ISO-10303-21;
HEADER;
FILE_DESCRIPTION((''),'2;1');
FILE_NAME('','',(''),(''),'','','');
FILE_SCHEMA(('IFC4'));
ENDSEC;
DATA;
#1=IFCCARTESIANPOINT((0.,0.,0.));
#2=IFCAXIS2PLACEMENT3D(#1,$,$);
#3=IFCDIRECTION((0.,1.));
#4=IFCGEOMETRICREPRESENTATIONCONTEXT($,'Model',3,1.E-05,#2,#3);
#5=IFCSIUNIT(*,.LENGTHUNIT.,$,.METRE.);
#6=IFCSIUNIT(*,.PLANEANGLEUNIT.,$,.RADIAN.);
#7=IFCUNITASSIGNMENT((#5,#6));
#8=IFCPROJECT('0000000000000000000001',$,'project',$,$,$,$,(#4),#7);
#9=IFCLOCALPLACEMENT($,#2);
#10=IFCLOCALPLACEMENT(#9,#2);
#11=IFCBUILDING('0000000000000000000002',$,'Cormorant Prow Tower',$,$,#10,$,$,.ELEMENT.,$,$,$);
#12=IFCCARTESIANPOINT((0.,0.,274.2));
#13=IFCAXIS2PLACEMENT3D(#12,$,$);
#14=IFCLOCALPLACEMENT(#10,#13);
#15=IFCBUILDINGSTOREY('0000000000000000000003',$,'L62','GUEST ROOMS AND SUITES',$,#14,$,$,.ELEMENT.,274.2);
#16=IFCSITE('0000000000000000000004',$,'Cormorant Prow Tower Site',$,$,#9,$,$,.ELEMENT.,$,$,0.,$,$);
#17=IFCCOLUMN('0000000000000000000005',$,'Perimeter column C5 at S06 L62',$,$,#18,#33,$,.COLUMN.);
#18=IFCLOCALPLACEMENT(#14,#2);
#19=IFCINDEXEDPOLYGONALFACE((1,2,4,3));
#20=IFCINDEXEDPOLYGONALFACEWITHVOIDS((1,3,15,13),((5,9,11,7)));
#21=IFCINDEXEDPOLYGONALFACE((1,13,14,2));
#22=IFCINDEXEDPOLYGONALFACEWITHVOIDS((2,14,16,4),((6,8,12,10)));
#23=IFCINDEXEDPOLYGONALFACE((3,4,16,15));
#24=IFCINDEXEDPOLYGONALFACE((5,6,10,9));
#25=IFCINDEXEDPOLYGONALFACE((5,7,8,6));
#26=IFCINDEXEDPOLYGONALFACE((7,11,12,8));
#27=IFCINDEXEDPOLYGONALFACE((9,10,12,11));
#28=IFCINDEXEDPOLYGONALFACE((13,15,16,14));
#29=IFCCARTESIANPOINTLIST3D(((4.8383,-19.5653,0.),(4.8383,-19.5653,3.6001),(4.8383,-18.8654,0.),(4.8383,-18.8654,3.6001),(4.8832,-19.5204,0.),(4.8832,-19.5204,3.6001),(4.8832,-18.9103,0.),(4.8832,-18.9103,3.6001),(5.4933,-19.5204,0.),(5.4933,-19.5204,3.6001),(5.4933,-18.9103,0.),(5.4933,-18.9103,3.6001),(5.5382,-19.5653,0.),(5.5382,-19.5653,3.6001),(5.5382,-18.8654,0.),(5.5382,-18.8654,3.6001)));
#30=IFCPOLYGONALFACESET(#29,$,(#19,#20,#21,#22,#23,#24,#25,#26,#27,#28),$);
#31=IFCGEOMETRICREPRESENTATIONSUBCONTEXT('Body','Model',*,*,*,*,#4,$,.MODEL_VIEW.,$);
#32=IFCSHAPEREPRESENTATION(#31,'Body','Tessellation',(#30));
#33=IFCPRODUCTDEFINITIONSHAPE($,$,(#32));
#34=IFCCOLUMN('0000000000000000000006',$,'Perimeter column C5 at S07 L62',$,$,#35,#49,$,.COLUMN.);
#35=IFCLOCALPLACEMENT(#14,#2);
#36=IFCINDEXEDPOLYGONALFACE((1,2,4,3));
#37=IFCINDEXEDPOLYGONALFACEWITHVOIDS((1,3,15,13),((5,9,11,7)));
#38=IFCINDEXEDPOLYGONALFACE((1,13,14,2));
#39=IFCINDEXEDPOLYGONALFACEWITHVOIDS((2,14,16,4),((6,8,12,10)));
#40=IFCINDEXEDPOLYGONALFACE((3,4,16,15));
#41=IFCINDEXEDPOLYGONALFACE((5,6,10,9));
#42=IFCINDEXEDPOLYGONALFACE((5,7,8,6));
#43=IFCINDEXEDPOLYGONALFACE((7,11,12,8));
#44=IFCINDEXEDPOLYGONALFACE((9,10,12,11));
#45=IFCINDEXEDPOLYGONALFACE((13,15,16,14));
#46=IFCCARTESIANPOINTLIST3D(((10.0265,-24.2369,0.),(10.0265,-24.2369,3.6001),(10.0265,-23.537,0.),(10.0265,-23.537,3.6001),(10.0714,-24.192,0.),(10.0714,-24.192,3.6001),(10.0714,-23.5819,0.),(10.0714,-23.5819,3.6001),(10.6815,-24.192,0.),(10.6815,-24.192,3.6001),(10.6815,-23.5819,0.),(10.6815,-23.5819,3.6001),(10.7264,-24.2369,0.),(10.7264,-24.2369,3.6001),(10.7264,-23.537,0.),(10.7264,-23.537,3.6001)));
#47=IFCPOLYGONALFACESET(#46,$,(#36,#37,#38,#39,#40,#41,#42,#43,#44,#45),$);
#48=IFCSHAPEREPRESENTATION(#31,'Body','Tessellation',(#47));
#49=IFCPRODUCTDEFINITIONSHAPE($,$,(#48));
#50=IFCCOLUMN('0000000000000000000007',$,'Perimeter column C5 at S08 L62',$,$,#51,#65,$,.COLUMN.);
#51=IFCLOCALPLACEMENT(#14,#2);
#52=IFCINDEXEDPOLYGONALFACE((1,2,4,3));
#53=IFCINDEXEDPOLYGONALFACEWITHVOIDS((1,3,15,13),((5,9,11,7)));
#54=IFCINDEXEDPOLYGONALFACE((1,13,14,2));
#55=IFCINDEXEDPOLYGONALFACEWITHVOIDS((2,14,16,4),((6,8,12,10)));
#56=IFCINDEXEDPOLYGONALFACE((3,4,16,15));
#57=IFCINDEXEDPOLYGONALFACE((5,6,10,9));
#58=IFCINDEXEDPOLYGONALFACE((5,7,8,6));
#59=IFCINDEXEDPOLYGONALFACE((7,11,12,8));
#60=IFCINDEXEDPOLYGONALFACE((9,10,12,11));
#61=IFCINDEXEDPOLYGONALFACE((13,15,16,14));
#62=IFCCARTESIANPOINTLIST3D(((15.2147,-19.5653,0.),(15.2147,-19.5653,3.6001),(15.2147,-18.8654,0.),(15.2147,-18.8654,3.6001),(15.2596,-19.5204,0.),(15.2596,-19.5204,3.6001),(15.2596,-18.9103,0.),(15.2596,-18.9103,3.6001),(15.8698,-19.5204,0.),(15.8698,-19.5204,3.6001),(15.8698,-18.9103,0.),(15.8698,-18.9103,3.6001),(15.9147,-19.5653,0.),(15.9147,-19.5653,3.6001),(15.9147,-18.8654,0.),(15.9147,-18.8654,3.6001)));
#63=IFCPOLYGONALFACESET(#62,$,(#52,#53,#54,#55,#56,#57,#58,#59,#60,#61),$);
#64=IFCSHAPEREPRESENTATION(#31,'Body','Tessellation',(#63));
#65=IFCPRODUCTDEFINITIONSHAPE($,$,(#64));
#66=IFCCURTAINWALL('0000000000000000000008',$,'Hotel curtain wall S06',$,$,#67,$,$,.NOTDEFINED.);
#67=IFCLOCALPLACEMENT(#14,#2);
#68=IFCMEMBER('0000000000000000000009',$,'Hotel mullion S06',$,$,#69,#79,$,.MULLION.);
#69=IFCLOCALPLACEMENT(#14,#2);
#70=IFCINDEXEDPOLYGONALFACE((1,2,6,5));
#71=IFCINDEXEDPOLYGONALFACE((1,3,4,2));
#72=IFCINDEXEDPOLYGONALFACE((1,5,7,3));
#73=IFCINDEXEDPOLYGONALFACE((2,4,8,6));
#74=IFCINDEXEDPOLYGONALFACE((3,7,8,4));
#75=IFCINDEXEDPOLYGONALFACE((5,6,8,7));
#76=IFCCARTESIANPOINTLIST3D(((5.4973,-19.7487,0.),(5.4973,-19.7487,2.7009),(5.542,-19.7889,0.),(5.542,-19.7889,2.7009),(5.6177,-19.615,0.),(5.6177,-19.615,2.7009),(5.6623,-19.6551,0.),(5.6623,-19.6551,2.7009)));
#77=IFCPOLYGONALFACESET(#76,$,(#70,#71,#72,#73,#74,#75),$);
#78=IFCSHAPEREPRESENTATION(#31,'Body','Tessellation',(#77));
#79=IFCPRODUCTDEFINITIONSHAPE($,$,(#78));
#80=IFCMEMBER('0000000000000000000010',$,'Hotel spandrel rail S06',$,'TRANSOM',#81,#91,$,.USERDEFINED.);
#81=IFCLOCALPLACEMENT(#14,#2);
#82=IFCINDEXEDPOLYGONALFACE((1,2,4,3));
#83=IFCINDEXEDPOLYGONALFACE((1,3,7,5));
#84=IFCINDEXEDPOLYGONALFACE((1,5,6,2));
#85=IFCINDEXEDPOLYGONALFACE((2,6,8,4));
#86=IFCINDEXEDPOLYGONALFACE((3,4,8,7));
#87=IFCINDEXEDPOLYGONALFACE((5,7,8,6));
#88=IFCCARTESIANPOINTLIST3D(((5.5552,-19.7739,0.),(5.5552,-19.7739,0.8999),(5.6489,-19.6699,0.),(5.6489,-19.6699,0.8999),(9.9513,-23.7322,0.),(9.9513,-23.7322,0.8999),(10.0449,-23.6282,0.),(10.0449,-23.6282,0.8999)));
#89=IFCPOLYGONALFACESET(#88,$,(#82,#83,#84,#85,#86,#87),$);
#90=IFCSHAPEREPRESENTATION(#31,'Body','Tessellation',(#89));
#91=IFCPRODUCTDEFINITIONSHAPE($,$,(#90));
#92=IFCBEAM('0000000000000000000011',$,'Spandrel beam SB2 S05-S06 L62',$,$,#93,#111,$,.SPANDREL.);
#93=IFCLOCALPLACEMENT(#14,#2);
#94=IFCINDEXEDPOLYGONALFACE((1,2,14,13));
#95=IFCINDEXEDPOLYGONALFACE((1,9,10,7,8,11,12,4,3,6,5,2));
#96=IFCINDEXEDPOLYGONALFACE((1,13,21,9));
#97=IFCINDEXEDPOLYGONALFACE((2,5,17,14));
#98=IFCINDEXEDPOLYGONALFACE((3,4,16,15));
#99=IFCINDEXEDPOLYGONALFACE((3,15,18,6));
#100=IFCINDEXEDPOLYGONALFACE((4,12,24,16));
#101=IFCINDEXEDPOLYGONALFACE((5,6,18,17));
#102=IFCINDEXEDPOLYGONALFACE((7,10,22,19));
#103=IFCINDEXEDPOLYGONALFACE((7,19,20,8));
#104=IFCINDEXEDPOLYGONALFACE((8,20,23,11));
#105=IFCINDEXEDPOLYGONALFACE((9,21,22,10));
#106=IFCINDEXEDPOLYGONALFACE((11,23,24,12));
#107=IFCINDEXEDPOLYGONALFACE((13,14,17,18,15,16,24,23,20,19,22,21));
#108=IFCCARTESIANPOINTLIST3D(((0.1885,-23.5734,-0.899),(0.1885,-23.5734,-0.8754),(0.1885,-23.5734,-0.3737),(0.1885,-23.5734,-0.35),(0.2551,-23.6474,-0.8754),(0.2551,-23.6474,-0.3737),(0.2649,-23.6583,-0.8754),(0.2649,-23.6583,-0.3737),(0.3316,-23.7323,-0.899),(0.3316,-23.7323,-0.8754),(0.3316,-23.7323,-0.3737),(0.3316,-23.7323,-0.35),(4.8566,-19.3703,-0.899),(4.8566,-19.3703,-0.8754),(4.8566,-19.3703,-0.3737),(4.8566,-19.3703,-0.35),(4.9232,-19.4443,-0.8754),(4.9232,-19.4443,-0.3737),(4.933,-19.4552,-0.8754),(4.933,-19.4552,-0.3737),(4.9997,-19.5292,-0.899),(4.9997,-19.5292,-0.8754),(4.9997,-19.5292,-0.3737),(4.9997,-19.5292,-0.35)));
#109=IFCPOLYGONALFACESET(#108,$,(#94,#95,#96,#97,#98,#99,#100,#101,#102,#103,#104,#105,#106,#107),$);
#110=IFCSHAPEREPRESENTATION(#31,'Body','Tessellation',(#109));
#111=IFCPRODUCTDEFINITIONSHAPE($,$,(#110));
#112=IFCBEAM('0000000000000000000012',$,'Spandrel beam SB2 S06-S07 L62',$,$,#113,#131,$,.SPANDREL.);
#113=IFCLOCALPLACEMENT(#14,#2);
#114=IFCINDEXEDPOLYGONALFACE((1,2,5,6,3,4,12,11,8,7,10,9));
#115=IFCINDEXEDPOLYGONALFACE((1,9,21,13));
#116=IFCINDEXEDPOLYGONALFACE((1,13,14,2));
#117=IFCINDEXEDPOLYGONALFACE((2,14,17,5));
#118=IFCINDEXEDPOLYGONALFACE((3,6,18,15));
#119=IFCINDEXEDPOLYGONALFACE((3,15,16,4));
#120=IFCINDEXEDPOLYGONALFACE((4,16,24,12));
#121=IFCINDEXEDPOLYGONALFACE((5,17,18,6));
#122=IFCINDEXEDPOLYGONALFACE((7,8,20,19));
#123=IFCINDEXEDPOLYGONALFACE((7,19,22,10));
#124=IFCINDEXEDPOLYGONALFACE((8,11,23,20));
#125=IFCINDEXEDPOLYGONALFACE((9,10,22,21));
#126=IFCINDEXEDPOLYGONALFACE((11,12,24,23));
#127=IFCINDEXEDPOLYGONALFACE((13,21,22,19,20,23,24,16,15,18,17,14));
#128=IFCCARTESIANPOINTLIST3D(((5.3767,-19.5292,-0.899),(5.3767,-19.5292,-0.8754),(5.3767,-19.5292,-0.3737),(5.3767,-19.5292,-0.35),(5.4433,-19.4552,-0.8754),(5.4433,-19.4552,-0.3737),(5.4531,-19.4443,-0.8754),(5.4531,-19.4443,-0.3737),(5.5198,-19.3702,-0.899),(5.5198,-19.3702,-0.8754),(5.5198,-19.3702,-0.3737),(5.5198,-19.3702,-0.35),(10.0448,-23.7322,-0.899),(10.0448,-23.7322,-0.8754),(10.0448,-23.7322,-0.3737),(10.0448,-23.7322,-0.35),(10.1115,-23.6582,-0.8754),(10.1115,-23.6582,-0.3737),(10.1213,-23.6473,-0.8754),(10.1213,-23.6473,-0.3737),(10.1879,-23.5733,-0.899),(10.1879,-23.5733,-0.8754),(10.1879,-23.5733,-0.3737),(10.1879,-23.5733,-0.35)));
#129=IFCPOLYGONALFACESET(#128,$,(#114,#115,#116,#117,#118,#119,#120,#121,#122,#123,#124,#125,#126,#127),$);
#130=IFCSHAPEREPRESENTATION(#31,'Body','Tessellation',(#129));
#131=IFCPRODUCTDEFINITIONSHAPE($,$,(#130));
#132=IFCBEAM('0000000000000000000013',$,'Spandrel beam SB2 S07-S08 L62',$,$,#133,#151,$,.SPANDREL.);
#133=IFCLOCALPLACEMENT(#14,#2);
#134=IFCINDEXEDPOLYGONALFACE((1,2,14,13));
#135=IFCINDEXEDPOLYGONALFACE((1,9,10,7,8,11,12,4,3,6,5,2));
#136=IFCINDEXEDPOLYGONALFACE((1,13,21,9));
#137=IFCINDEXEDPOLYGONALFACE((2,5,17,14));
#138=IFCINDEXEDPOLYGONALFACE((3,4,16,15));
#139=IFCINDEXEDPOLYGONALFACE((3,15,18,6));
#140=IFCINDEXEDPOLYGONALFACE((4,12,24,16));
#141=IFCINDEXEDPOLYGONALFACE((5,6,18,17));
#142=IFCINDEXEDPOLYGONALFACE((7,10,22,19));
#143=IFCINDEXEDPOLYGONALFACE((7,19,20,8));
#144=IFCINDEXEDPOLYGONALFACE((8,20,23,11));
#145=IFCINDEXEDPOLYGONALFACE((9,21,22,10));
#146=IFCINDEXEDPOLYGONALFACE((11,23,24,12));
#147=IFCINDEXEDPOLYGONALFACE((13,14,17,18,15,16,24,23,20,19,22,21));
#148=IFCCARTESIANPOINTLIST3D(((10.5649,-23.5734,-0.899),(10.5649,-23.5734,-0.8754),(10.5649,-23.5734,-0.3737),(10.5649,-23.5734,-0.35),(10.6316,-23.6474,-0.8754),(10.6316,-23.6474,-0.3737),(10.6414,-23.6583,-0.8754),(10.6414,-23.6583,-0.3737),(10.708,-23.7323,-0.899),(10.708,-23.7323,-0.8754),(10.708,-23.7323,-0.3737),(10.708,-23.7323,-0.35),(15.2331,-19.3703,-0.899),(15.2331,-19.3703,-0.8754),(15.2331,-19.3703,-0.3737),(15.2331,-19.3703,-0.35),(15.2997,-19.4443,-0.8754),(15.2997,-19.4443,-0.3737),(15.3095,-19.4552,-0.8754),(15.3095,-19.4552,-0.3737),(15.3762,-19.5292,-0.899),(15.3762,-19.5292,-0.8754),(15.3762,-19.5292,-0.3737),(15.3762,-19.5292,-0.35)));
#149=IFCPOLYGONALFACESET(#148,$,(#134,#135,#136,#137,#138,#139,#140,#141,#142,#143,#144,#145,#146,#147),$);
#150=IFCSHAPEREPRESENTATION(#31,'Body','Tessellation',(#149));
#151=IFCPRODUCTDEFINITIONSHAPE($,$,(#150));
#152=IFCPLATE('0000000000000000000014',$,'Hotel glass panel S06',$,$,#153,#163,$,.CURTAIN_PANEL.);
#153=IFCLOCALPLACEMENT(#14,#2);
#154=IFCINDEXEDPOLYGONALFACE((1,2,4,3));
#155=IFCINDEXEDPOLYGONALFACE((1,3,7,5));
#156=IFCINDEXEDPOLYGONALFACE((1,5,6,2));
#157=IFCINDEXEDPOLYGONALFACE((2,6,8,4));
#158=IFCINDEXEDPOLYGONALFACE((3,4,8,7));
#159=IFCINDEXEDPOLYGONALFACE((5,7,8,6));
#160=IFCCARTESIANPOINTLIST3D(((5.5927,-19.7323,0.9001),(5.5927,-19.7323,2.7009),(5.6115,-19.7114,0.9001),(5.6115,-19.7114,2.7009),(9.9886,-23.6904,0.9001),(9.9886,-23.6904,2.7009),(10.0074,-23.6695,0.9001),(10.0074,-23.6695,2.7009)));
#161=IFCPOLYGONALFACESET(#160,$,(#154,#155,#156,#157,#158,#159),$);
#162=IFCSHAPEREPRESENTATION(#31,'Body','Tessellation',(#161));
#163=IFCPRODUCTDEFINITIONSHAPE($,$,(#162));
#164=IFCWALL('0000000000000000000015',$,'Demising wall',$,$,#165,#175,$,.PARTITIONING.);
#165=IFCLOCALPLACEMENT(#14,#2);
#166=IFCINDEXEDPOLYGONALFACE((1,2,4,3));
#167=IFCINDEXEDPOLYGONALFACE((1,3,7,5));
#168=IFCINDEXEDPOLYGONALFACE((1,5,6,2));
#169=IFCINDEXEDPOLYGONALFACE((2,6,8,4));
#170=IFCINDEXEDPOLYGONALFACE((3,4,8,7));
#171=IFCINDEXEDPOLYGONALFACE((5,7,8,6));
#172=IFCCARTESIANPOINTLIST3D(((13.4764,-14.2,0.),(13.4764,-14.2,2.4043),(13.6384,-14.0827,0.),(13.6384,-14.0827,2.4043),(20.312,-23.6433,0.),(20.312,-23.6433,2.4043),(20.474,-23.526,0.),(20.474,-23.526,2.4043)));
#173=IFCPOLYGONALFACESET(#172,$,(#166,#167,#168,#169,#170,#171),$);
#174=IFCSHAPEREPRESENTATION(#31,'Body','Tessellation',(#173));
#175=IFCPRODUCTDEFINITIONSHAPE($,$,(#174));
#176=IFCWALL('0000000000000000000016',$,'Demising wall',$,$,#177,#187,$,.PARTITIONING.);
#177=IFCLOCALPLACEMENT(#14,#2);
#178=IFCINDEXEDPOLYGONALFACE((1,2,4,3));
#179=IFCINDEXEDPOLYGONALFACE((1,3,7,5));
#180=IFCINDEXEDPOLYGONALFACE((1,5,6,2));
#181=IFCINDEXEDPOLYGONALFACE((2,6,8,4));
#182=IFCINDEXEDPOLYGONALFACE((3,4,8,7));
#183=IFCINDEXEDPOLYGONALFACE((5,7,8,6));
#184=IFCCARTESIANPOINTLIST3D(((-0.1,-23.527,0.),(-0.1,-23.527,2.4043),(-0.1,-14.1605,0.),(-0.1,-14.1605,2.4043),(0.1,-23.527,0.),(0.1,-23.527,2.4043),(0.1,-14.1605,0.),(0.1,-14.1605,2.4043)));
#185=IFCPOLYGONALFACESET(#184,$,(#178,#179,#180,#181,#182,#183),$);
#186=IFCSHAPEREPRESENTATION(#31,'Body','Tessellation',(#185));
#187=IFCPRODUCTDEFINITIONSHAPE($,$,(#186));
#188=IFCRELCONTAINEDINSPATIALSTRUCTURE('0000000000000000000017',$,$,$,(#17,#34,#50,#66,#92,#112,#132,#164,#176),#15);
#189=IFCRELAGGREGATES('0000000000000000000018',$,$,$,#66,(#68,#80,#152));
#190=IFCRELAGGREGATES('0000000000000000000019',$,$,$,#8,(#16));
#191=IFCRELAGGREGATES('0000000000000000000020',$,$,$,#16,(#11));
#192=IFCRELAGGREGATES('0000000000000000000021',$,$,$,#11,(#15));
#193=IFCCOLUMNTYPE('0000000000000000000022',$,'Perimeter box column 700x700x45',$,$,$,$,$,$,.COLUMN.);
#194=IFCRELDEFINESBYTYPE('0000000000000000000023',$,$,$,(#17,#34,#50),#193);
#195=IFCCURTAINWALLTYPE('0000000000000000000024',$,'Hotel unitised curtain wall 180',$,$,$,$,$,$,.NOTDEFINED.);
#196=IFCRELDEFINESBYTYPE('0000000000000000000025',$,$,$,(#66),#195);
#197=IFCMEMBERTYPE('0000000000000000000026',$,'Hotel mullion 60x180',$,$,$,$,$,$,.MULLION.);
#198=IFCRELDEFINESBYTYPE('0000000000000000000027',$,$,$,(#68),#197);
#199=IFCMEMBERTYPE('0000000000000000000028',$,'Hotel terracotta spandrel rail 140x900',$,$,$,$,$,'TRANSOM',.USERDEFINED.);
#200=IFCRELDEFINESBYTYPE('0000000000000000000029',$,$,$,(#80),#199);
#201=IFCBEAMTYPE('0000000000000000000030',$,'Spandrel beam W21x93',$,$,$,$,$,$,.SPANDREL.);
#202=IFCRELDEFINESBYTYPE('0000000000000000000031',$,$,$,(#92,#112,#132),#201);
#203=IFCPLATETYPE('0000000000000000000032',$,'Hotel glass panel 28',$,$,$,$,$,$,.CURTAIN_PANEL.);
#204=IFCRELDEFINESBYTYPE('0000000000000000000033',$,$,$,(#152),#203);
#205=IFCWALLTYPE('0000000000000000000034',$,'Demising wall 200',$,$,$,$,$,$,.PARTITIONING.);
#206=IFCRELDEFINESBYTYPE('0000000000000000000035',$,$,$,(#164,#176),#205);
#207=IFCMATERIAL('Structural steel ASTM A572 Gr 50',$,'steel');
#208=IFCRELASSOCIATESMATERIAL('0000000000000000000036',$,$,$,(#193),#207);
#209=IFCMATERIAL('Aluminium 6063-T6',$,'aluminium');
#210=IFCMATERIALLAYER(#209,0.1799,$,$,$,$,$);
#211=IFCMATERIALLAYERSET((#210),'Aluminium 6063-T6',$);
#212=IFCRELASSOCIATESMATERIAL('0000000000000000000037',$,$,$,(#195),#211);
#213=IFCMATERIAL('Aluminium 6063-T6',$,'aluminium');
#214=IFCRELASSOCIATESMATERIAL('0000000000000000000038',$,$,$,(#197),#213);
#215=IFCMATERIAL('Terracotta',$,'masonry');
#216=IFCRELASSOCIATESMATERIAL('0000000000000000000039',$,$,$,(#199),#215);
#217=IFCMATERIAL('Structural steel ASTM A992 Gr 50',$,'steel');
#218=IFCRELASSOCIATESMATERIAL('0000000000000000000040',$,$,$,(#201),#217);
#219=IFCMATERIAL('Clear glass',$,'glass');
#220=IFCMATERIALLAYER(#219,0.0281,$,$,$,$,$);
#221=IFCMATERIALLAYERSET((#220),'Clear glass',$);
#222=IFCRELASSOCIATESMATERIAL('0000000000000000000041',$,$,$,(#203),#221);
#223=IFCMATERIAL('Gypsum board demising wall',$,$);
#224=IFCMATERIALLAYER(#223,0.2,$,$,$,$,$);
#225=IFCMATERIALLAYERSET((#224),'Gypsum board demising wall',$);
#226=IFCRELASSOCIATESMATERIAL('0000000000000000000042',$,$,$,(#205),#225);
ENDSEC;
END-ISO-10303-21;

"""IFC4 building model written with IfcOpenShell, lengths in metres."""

from ifc_helpers import new_model, si_unit, direction, frame, frame_2d, origin, origin_2d, place, context, subcontext, project, spatial, rectangle, hollow_rectangle, i_section, extrude, material, layer, layer_set, material_profile, profile_set, type_object, element, aggregate, save


model = new_model("IFC4")

# Units and contexts
model_context = context("Model", 3, precision=1e-05, world=origin(), true_north=direction((0.0, 1.0)))
body_context = subcontext(model_context, "Body", "Model", "MODEL_VIEW")
ifc_project = project(units=[si_unit("LENGTHUNIT", "METRE"), si_unit("PLANEANGLEUNIT", "RADIAN")], contexts=[model_context])

# Site, building, storey
site_placement = place(None, origin())
site = spatial("IfcSite", under=ifc_project, at=site_placement, Name="Cormorant Prow Tower Site", CompositionType="ELEMENT", RefElevation=0.0)
building_placement = place(site_placement, origin())
building = spatial("IfcBuilding", under=site, at=building_placement, Name="Cormorant Prow Tower", CompositionType="ELEMENT")
storey_placement = place(building_placement, frame((0.0, 0.0, 274.2)))
storey = spatial("IfcBuildingStorey", under=building, at=storey_placement, Name="L62", Description="GUEST ROOMS AND SUITES", CompositionType="ELEMENT", Elevation=274.2)

# Columns
ifc_material_1 = material(Name="Structural steel ASTM A572 Gr 50", Category="steel")
ifc_material_profile_1 = material_profile(ifc_material_1, hollow_rectangle(XDim=0.7, YDim=0.7, WallThickness=0.0449, at=origin_2d()), Name="Box 700x700x45")
ifc_profile_set_1 = profile_set([ifc_material_profile_1], Name="Structural steel ASTM A572 Gr 50")
column_type = type_object("IfcColumnType", Name="Perimeter box column 700x700x45", PredefinedType="COLUMN", material=ifc_profile_set_1)
for number, where, z_axis, x_axis, name in (
    (1, (5.1882, -19.2153, 0.0), (0.0, 0.0, 1.0), (1.0, 0.0, 0.0), "Perimeter column C5 at S06 L62"),
    (2, (10.3765, -23.887, 0.0), (0.0, 0.0, 1.0), (1.0, 0.0, 0.0), "Perimeter column C5 at S07 L62"),
    (3, (15.5647, -19.2153, 0.0), (0.0, 0.0, 1.0), (1.0, 0.0, 0.0), "Perimeter column C5 at S08 L62"),
):
    element("IfcColumn", number, at=place(storey_placement, frame(where, z_axis=z_axis, x_axis=x_axis)), inside=storey, type_object=column_type, Name=name, PredefinedType="COLUMN", context=body_context, shape_type="SweptSolid", body=[
        extrude(hollow_rectangle(XDim=0.7, YDim=0.7, WallThickness=0.0449, at=origin_2d()), origin(), (0.0, 0.0, 1.0), 3.6001),
    ])

# Curtain wall, members
ifc_material_2 = material(Name="Aluminium 6063-T6", Category="aluminium")
ifc_layer_1 = layer(ifc_material_2, 0.1799)
ifc_layer_set_1 = layer_set([ifc_layer_1], Name="Aluminium 6063-T6")
curtain_wall_type = type_object("IfcCurtainWallType", Name="Hotel unitised curtain wall 180", PredefinedType="NOTDEFINED", material=ifc_layer_set_1)
curtain_wall_placement = place(storey_placement, origin())
curtain_wall = element("IfcCurtainWall", 4, at=curtain_wall_placement, inside=storey, type_object=curtain_wall_type, Name="Hotel curtain wall S06", PredefinedType="NOTDEFINED")
ifc_material_3 = material(Name="Aluminium 6063-T6", Category="aluminium")
ifc_material_profile_2 = material_profile(ifc_material_3, rectangle(XDim=0.1799, YDim=0.0601, at=origin_2d()), Name="Hotel mullion 60x180")
ifc_profile_set_2 = profile_set([ifc_material_profile_2], Name="Aluminium 6063-T6")
member_type_1 = type_object("IfcMemberType", Name="Hotel mullion 60x180", PredefinedType="MULLION", material=ifc_profile_set_2)
member_1_placement = place(storey_placement, frame((5.5798, -19.7019, 0.0), z_axis=(0.0, 0.0, 1.0), x_axis=(0.669131, 0.743145, 0.0)))
member_1 = element("IfcMember", 5, at=member_1_placement, type_object=member_type_1, Name="Hotel mullion S06", PredefinedType="MULLION", context=body_context, shape_type="SweptSolid", body=[
    extrude(rectangle(XDim=0.1799, YDim=0.0601, at=origin_2d()), origin(), (0.0, 0.0, 1.0), 2.7009),
])
ifc_material_4 = material(Name="Terracotta", Category="masonry")
ifc_material_profile_3 = material_profile(ifc_material_4, rectangle(XDim=0.1399, YDim=0.8999, at=origin_2d()), Name="Hotel terracotta spandrel rail 140x900")
ifc_profile_set_3 = profile_set([ifc_material_profile_3], Name="Terracotta")
member_type_2 = type_object("IfcMemberType", Name="Hotel terracotta spandrel rail 140x900", ElementType="TRANSOM", PredefinedType="USERDEFINED", material=ifc_profile_set_3)
member_2_placement = place(storey_placement, frame((5.6021, -19.7219, 0.45), z_axis=(0.743138, -0.669138, 0.0), x_axis=(0.669138, 0.743138, 0.0)))
member_2 = element("IfcMember", 6, at=member_2_placement, type_object=member_type_2, Name="Hotel spandrel rail S06", ObjectType="TRANSOM", PredefinedType="USERDEFINED", context=body_context, shape_type="SweptSolid", body=[
    extrude(rectangle(XDim=0.1399, YDim=0.8999, at=origin_2d()), origin(), (0.0, 0.0, 1.0), 5.9155),
])

# Beams
ifc_material_5 = material(Name="Structural steel ASTM A992 Gr 50", Category="steel")
ifc_material_profile_4 = material_profile(ifc_material_5, i_section(OverallWidth=0.2139, OverallDepth=0.5491, WebThickness=0.0146, FlangeThickness=0.0237, at=origin_2d()), Name="W21x93")
ifc_profile_set_4 = profile_set([ifc_material_profile_4], Name="Structural steel ASTM A992 Gr 50")
beam_type = type_object("IfcBeamType", Name="Spandrel beam W21x93", PredefinedType="SPANDREL", material=ifc_profile_set_4)
for number, where, z_axis, x_axis, name in (
    (7, (0.26, -23.6528, -0.6245), (0.743157, 0.669117, 0.0), (-0.669117, 0.743157, 0.0), "Spandrel beam SB2 S05-S06 L62"),
    (8, (5.4482, -19.4497, -0.6245), (0.743157, -0.669117, 0.0), (0.669117, 0.743157, 0.0), "Spandrel beam SB2 S06-S07 L62"),
    (9, (10.6365, -23.6528, -0.6245), (0.743157, 0.669117, 0.0), (-0.669117, 0.743157, 0.0), "Spandrel beam SB2 S07-S08 L62"),
):
    element("IfcBeam", number, at=place(storey_placement, frame(where, z_axis=z_axis, x_axis=x_axis)), inside=storey, type_object=beam_type, Name=name, PredefinedType="SPANDREL", context=body_context, shape_type="SweptSolid", body=[
        extrude(i_section(OverallWidth=0.2139, OverallDepth=0.5491, WebThickness=0.0146, FlangeThickness=0.0237, at=origin_2d()), origin(), (0.0, 0.0, 1.0), 6.2815),
    ])

# Plate
ifc_material_6 = material(Name="Clear glass", Category="glass")
ifc_layer_2 = layer(ifc_material_6, 0.0281)
ifc_layer_set_2 = layer_set([ifc_layer_2], Name="Clear glass")
plate_type = type_object("IfcPlateType", Name="Hotel glass panel 28", PredefinedType="CURTAIN_PANEL", material=ifc_layer_set_2)
plate_placement = place(storey_placement, frame((7.8, -21.7009, 0.9001), z_axis=(0.0, 0.0, 1.0), x_axis=(0.743145, -0.669131, 0.0)))
plate = element("IfcPlate", 10, at=plate_placement, type_object=plate_type, Name="Hotel glass panel S06", PredefinedType="CURTAIN_PANEL", context=body_context, shape_type="SweptSolid", body=[
    extrude(rectangle(XDim=5.9153, YDim=0.0281, at=origin_2d()), origin(), (0.0, 0.0, 1.0), 1.8008),
])
aggregate(curtain_wall, [member_1, member_2, plate])

# Walls
ifc_material_7 = material(Name="Gypsum board demising wall")
ifc_layer_3 = layer(ifc_material_7, 0.2)
ifc_layer_set_3 = layer_set([ifc_layer_3], Name="Gypsum board demising wall")
wall_type_1 = type_object("IfcWallType", Name="Demising wall 200", PredefinedType="PARTITIONING", material=ifc_layer_set_3)
wall_1_placement = place(storey_placement, frame((13.5574, -14.1414, 0.0), z_axis=(0.0, 0.0, 1.0), x_axis=(0.586363, -0.810048, 0.0)))
element("IfcWall", 11, at=wall_1_placement, inside=storey, type_object=wall_type_1, Name="Demising wall", PredefinedType="PARTITIONING", context=body_context, shape_type="SweptSolid", body=[
    extrude(rectangle(XDim=11.6577, YDim=0.2, at=frame_2d((5.8289, 0.0))), origin(), (0.0, 0.0, 1.0), 2.4043),
])
wall_2_placement = place(storey_placement, frame((0.0, -23.5269, 0.0), z_axis=(0.0, 0.0, 1.0), x_axis=(0.0, 1.0, 0.0)))
element("IfcWall", 12, at=wall_2_placement, inside=storey, type_object=wall_type_1, Name="Demising wall", PredefinedType="PARTITIONING", context=body_context, shape_type="SweptSolid", body=[
    extrude(rectangle(XDim=9.3665, YDim=0.2, at=frame_2d((4.6831, 0.0))), origin(), (0.0, 0.0, 1.0), 2.4043),
])

save(model, "model.ifc")
